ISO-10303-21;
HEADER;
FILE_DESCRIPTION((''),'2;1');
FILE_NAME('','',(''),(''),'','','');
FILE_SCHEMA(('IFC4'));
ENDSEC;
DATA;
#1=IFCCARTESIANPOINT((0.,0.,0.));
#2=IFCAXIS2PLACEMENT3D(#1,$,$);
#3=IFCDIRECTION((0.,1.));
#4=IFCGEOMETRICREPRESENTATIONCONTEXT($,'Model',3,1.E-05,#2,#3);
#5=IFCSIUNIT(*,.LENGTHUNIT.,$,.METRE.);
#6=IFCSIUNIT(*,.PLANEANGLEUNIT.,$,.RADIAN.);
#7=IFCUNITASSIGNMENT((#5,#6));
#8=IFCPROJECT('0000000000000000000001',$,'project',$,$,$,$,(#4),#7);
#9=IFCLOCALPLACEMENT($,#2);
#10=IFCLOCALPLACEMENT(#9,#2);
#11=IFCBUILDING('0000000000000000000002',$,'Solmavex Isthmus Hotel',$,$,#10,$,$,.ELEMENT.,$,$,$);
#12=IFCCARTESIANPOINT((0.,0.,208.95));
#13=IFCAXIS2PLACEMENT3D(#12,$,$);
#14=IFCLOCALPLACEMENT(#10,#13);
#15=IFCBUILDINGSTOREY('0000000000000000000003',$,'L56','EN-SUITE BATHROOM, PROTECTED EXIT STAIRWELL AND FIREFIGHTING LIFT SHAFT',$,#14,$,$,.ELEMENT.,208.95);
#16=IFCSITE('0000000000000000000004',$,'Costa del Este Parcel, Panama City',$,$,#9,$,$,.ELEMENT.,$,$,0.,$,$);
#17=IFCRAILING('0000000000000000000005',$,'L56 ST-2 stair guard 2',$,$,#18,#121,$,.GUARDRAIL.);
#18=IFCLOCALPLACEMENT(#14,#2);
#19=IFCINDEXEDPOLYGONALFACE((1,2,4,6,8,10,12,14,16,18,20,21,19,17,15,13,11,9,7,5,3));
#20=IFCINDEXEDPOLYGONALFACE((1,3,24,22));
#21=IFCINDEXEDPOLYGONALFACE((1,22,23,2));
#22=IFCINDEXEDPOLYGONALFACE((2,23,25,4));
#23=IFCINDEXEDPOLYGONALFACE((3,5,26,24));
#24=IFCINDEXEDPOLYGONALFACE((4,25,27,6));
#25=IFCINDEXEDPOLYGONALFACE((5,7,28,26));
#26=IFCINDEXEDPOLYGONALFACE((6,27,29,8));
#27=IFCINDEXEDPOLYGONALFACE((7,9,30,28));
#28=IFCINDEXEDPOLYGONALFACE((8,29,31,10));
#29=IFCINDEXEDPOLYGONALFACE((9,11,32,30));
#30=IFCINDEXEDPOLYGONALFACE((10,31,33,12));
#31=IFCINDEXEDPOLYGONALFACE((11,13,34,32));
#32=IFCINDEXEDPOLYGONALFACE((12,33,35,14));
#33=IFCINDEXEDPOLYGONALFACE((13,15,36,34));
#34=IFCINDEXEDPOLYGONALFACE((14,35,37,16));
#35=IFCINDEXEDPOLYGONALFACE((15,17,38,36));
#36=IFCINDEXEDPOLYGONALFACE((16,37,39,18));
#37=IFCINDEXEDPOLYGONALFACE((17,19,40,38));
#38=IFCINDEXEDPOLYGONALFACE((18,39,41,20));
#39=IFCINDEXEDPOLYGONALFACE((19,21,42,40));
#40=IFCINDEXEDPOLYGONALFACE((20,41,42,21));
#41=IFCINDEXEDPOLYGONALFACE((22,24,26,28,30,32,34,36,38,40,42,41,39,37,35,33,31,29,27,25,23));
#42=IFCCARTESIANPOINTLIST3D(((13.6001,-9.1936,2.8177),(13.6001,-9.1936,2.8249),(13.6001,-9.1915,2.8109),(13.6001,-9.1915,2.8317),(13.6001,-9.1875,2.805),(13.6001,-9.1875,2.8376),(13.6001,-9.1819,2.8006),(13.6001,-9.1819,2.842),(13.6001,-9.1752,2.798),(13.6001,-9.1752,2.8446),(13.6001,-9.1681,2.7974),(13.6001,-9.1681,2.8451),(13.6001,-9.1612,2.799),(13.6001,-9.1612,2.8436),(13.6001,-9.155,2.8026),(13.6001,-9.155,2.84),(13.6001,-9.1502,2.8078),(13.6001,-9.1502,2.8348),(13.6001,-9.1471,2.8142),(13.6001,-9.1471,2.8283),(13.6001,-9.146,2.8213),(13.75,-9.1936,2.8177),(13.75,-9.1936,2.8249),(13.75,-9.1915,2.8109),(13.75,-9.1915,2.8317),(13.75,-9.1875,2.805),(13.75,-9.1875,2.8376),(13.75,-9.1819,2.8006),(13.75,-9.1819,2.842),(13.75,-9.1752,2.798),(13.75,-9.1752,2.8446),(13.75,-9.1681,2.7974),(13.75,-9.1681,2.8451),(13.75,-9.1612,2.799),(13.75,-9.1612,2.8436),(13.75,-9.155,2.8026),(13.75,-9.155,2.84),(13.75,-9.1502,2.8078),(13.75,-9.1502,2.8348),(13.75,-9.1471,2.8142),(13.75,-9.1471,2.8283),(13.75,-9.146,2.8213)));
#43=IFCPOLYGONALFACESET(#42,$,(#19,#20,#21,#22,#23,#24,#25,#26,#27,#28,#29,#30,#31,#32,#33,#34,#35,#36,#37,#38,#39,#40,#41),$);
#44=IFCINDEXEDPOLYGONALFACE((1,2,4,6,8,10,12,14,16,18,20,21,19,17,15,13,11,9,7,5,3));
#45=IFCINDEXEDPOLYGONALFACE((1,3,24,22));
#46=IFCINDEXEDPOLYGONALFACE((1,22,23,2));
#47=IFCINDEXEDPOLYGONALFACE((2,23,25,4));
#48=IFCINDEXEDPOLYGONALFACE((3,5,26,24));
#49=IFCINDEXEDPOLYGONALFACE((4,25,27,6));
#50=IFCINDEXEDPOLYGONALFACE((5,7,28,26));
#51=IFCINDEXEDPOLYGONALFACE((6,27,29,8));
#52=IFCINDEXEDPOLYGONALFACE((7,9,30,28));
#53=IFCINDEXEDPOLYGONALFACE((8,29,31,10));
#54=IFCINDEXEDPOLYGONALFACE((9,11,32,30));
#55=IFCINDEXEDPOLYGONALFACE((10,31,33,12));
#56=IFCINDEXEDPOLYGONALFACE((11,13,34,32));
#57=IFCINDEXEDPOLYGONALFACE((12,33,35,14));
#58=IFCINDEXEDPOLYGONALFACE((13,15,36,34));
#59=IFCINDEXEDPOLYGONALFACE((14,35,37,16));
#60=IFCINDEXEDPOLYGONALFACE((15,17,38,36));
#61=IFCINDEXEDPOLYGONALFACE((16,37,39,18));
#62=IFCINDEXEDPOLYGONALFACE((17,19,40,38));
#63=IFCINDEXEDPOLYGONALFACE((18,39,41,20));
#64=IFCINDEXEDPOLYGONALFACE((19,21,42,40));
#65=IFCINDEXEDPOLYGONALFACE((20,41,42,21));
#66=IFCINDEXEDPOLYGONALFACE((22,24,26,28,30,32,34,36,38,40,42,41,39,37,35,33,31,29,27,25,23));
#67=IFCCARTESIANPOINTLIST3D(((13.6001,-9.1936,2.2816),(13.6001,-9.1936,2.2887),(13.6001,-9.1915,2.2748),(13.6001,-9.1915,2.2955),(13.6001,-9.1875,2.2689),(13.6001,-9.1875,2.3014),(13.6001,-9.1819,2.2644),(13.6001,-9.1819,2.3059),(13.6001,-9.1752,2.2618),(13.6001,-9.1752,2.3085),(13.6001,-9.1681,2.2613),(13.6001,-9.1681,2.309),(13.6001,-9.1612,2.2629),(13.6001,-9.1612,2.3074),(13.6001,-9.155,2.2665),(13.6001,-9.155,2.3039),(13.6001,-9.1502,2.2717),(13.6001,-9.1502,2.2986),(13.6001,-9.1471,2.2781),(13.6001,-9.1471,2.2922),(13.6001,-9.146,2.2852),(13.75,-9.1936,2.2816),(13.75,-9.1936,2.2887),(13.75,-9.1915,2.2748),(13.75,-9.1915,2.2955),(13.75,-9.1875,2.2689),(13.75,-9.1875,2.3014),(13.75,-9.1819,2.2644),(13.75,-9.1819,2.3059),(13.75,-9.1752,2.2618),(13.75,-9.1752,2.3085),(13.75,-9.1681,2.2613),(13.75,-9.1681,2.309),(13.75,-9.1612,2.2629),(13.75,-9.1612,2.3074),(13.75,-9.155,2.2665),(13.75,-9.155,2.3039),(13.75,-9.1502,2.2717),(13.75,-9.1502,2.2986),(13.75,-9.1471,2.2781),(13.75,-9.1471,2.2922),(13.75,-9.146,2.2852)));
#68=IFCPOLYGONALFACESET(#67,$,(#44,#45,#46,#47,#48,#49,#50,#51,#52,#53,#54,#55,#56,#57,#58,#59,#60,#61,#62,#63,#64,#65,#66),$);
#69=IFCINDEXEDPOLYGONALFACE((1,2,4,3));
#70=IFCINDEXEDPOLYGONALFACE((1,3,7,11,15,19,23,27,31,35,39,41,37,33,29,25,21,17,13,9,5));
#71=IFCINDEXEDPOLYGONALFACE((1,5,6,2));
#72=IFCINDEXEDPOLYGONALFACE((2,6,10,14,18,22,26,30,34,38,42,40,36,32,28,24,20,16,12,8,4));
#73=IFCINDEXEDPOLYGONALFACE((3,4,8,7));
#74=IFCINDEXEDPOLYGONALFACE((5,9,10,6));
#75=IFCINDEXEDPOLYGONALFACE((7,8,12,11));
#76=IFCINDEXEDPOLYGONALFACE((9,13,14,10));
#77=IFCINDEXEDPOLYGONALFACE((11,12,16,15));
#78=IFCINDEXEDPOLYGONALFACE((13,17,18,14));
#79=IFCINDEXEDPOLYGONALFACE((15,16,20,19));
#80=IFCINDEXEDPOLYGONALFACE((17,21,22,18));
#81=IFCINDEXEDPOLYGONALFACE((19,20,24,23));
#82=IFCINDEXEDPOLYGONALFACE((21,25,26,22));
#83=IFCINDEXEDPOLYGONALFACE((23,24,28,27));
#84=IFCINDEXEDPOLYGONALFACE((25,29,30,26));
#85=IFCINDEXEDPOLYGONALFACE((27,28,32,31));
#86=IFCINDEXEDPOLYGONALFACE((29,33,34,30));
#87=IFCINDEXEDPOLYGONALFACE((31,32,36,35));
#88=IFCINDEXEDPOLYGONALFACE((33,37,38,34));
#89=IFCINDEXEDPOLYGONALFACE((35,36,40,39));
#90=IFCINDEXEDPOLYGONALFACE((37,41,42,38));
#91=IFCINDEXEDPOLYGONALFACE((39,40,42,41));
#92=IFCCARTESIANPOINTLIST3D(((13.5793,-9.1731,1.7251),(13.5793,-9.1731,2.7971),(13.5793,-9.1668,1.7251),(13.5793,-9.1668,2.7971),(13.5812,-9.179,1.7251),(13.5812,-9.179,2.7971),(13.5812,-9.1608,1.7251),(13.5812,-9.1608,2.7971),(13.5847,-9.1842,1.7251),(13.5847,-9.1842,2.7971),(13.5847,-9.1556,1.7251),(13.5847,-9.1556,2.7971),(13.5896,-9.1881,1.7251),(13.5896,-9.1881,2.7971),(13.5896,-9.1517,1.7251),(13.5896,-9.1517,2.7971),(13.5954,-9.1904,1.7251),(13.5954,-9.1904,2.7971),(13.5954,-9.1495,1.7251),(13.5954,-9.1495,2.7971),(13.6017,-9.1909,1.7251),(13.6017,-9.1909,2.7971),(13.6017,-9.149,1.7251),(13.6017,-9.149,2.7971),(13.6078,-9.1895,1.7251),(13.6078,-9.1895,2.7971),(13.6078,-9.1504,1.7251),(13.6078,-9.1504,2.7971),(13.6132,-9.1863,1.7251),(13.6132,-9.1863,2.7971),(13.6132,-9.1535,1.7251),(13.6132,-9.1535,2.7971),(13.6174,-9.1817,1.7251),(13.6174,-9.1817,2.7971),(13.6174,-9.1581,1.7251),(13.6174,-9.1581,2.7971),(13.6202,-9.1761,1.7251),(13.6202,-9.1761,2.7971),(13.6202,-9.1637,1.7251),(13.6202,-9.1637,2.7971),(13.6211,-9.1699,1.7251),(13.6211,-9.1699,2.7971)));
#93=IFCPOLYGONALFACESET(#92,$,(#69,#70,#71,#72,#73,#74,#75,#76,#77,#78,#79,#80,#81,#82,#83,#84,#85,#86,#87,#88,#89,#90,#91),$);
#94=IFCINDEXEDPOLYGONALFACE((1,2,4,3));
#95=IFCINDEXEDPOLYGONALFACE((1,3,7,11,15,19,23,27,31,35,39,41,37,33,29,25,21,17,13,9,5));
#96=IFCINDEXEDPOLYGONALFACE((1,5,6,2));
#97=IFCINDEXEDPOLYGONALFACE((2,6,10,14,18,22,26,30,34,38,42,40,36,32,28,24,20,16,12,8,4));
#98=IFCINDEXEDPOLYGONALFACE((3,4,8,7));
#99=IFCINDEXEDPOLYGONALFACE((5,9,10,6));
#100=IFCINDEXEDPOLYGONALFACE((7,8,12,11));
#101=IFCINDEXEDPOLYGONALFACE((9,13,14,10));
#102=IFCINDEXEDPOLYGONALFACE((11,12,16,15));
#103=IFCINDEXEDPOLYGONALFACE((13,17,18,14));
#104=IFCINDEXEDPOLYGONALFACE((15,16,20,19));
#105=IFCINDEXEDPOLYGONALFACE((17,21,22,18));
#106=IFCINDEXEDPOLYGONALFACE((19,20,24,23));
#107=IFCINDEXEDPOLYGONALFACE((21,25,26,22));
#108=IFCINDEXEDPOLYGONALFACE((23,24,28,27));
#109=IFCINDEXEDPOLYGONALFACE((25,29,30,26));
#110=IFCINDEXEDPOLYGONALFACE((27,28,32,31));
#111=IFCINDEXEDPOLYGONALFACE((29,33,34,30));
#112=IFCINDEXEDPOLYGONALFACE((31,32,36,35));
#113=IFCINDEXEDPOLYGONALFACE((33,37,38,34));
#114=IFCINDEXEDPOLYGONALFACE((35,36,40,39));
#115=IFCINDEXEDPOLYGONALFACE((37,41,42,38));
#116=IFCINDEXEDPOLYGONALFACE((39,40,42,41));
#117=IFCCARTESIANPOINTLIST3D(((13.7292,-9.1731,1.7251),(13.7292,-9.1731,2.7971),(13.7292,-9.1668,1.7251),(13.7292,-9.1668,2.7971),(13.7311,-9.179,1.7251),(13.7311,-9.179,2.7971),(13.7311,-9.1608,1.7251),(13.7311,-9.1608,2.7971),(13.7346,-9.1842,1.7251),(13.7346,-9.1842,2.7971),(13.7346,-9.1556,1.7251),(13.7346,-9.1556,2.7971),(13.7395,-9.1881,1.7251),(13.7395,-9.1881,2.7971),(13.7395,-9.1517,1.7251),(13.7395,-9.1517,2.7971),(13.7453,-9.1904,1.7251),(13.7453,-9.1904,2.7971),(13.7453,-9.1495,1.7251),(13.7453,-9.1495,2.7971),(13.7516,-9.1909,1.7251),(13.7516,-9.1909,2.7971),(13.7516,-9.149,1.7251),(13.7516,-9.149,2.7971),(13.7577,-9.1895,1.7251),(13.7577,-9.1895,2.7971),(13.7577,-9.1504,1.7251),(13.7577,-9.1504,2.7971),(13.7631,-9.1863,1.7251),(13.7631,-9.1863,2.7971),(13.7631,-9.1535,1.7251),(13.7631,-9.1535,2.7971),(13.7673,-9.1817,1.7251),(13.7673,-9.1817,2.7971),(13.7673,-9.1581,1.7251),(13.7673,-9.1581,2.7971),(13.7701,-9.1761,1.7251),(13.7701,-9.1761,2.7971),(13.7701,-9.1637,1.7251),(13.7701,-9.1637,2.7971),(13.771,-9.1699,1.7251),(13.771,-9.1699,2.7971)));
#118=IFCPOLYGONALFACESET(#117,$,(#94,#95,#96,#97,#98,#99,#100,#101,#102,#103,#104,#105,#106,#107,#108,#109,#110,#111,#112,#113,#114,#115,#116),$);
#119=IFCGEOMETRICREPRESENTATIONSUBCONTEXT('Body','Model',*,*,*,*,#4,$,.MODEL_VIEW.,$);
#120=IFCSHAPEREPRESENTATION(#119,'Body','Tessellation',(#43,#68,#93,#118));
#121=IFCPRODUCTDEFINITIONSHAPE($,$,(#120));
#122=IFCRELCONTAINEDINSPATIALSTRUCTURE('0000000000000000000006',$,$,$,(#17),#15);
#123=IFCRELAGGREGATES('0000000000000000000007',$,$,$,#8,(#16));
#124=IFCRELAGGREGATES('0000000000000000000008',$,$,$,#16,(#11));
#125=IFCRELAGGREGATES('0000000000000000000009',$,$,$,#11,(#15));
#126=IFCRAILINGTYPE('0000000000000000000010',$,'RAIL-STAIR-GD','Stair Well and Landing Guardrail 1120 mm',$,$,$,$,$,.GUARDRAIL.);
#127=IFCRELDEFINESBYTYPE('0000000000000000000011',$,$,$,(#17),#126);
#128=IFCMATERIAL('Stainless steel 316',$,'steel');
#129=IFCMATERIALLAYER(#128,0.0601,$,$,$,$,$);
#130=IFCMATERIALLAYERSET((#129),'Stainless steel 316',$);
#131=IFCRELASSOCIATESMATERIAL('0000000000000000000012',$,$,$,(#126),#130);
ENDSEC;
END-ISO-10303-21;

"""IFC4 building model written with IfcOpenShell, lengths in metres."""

from ifc_helpers import new_model, si_unit, direction, frame, origin, origin_2d, place, context, subcontext, project, spatial, circle, extrude, material, layer, layer_set, type_object, element, save


model = new_model("IFC4")

# Units and contexts
model_context = context("Model", 3, precision=1e-05, world=origin(), true_north=direction((0.0, 1.0)))
body_context = subcontext(model_context, "Body", "Model", "MODEL_VIEW")
ifc_project = project(units=[si_unit("LENGTHUNIT", "METRE"), si_unit("PLANEANGLEUNIT", "RADIAN")], contexts=[model_context])

# Site, building, storey
site_placement = place(None, origin())
site = spatial("IfcSite", under=ifc_project, at=site_placement, Name="Costa del Este Parcel, Panama City", CompositionType="ELEMENT", RefElevation=0.0)
building_placement = place(site_placement, origin())
building = spatial("IfcBuilding", under=site, at=building_placement, Name="Solmavex Isthmus Hotel", CompositionType="ELEMENT")
storey_placement = place(building_placement, frame((0.0, 0.0, 208.95)))
storey = spatial("IfcBuildingStorey", under=building, at=storey_placement, Name="L56", Description="EN-SUITE BATHROOM, PROTECTED EXIT STAIRWELL AND FIREFIGHTING LIFT SHAFT", CompositionType="ELEMENT", Elevation=208.95)

# Railing
ifc_material_1 = material(Name="Stainless steel 316", Category="steel")
ifc_layer_1 = layer(ifc_material_1, 0.0601)
ifc_layer_set_1 = layer_set([ifc_layer_1], Name="Stainless steel 316")
railing_type_1 = type_object("IfcRailingType", Name="RAIL-STAIR-GD", Description="Stair Well and Landing Guardrail 1120 mm", PredefinedType="GUARDRAIL", material=ifc_layer_set_1)
railing_1_placement = place(storey_placement, frame((13.6001, -9.1699, 1.7251)))
element("IfcRailing", 1, at=railing_1_placement, inside=storey, type_object=railing_type_1, Name="L56 ST-2 stair guard 2", PredefinedType="GUARDRAIL", context=body_context, shape_type="SweptSolid", body=[
    extrude(circle(Radius=0.0239, at=origin_2d()), frame((0.0, 0.0, 1.0962), z_axis=(1.0, 0.0, 0.0), x_axis=(0.0, 1.0, 0.0)), (0.0, 0.0, 1.0), 0.1499),
    extrude(circle(Radius=0.0239, at=origin_2d()), frame((0.0, 0.0, 0.5601), z_axis=(1.0, 0.0, 0.0), x_axis=(0.0, 1.0, 0.0)), (0.0, 0.0, 1.0), 0.1499),
    extrude(circle(Radius=0.021, at=origin_2d()), origin(), (0.0, 0.0, 1.0), 1.072),
    extrude(circle(Radius=0.021, at=origin_2d()), frame((0.1499, 0.0, 0.0)), (0.0, 0.0, 1.0), 1.072),
])

save(model, "model.ifc")
